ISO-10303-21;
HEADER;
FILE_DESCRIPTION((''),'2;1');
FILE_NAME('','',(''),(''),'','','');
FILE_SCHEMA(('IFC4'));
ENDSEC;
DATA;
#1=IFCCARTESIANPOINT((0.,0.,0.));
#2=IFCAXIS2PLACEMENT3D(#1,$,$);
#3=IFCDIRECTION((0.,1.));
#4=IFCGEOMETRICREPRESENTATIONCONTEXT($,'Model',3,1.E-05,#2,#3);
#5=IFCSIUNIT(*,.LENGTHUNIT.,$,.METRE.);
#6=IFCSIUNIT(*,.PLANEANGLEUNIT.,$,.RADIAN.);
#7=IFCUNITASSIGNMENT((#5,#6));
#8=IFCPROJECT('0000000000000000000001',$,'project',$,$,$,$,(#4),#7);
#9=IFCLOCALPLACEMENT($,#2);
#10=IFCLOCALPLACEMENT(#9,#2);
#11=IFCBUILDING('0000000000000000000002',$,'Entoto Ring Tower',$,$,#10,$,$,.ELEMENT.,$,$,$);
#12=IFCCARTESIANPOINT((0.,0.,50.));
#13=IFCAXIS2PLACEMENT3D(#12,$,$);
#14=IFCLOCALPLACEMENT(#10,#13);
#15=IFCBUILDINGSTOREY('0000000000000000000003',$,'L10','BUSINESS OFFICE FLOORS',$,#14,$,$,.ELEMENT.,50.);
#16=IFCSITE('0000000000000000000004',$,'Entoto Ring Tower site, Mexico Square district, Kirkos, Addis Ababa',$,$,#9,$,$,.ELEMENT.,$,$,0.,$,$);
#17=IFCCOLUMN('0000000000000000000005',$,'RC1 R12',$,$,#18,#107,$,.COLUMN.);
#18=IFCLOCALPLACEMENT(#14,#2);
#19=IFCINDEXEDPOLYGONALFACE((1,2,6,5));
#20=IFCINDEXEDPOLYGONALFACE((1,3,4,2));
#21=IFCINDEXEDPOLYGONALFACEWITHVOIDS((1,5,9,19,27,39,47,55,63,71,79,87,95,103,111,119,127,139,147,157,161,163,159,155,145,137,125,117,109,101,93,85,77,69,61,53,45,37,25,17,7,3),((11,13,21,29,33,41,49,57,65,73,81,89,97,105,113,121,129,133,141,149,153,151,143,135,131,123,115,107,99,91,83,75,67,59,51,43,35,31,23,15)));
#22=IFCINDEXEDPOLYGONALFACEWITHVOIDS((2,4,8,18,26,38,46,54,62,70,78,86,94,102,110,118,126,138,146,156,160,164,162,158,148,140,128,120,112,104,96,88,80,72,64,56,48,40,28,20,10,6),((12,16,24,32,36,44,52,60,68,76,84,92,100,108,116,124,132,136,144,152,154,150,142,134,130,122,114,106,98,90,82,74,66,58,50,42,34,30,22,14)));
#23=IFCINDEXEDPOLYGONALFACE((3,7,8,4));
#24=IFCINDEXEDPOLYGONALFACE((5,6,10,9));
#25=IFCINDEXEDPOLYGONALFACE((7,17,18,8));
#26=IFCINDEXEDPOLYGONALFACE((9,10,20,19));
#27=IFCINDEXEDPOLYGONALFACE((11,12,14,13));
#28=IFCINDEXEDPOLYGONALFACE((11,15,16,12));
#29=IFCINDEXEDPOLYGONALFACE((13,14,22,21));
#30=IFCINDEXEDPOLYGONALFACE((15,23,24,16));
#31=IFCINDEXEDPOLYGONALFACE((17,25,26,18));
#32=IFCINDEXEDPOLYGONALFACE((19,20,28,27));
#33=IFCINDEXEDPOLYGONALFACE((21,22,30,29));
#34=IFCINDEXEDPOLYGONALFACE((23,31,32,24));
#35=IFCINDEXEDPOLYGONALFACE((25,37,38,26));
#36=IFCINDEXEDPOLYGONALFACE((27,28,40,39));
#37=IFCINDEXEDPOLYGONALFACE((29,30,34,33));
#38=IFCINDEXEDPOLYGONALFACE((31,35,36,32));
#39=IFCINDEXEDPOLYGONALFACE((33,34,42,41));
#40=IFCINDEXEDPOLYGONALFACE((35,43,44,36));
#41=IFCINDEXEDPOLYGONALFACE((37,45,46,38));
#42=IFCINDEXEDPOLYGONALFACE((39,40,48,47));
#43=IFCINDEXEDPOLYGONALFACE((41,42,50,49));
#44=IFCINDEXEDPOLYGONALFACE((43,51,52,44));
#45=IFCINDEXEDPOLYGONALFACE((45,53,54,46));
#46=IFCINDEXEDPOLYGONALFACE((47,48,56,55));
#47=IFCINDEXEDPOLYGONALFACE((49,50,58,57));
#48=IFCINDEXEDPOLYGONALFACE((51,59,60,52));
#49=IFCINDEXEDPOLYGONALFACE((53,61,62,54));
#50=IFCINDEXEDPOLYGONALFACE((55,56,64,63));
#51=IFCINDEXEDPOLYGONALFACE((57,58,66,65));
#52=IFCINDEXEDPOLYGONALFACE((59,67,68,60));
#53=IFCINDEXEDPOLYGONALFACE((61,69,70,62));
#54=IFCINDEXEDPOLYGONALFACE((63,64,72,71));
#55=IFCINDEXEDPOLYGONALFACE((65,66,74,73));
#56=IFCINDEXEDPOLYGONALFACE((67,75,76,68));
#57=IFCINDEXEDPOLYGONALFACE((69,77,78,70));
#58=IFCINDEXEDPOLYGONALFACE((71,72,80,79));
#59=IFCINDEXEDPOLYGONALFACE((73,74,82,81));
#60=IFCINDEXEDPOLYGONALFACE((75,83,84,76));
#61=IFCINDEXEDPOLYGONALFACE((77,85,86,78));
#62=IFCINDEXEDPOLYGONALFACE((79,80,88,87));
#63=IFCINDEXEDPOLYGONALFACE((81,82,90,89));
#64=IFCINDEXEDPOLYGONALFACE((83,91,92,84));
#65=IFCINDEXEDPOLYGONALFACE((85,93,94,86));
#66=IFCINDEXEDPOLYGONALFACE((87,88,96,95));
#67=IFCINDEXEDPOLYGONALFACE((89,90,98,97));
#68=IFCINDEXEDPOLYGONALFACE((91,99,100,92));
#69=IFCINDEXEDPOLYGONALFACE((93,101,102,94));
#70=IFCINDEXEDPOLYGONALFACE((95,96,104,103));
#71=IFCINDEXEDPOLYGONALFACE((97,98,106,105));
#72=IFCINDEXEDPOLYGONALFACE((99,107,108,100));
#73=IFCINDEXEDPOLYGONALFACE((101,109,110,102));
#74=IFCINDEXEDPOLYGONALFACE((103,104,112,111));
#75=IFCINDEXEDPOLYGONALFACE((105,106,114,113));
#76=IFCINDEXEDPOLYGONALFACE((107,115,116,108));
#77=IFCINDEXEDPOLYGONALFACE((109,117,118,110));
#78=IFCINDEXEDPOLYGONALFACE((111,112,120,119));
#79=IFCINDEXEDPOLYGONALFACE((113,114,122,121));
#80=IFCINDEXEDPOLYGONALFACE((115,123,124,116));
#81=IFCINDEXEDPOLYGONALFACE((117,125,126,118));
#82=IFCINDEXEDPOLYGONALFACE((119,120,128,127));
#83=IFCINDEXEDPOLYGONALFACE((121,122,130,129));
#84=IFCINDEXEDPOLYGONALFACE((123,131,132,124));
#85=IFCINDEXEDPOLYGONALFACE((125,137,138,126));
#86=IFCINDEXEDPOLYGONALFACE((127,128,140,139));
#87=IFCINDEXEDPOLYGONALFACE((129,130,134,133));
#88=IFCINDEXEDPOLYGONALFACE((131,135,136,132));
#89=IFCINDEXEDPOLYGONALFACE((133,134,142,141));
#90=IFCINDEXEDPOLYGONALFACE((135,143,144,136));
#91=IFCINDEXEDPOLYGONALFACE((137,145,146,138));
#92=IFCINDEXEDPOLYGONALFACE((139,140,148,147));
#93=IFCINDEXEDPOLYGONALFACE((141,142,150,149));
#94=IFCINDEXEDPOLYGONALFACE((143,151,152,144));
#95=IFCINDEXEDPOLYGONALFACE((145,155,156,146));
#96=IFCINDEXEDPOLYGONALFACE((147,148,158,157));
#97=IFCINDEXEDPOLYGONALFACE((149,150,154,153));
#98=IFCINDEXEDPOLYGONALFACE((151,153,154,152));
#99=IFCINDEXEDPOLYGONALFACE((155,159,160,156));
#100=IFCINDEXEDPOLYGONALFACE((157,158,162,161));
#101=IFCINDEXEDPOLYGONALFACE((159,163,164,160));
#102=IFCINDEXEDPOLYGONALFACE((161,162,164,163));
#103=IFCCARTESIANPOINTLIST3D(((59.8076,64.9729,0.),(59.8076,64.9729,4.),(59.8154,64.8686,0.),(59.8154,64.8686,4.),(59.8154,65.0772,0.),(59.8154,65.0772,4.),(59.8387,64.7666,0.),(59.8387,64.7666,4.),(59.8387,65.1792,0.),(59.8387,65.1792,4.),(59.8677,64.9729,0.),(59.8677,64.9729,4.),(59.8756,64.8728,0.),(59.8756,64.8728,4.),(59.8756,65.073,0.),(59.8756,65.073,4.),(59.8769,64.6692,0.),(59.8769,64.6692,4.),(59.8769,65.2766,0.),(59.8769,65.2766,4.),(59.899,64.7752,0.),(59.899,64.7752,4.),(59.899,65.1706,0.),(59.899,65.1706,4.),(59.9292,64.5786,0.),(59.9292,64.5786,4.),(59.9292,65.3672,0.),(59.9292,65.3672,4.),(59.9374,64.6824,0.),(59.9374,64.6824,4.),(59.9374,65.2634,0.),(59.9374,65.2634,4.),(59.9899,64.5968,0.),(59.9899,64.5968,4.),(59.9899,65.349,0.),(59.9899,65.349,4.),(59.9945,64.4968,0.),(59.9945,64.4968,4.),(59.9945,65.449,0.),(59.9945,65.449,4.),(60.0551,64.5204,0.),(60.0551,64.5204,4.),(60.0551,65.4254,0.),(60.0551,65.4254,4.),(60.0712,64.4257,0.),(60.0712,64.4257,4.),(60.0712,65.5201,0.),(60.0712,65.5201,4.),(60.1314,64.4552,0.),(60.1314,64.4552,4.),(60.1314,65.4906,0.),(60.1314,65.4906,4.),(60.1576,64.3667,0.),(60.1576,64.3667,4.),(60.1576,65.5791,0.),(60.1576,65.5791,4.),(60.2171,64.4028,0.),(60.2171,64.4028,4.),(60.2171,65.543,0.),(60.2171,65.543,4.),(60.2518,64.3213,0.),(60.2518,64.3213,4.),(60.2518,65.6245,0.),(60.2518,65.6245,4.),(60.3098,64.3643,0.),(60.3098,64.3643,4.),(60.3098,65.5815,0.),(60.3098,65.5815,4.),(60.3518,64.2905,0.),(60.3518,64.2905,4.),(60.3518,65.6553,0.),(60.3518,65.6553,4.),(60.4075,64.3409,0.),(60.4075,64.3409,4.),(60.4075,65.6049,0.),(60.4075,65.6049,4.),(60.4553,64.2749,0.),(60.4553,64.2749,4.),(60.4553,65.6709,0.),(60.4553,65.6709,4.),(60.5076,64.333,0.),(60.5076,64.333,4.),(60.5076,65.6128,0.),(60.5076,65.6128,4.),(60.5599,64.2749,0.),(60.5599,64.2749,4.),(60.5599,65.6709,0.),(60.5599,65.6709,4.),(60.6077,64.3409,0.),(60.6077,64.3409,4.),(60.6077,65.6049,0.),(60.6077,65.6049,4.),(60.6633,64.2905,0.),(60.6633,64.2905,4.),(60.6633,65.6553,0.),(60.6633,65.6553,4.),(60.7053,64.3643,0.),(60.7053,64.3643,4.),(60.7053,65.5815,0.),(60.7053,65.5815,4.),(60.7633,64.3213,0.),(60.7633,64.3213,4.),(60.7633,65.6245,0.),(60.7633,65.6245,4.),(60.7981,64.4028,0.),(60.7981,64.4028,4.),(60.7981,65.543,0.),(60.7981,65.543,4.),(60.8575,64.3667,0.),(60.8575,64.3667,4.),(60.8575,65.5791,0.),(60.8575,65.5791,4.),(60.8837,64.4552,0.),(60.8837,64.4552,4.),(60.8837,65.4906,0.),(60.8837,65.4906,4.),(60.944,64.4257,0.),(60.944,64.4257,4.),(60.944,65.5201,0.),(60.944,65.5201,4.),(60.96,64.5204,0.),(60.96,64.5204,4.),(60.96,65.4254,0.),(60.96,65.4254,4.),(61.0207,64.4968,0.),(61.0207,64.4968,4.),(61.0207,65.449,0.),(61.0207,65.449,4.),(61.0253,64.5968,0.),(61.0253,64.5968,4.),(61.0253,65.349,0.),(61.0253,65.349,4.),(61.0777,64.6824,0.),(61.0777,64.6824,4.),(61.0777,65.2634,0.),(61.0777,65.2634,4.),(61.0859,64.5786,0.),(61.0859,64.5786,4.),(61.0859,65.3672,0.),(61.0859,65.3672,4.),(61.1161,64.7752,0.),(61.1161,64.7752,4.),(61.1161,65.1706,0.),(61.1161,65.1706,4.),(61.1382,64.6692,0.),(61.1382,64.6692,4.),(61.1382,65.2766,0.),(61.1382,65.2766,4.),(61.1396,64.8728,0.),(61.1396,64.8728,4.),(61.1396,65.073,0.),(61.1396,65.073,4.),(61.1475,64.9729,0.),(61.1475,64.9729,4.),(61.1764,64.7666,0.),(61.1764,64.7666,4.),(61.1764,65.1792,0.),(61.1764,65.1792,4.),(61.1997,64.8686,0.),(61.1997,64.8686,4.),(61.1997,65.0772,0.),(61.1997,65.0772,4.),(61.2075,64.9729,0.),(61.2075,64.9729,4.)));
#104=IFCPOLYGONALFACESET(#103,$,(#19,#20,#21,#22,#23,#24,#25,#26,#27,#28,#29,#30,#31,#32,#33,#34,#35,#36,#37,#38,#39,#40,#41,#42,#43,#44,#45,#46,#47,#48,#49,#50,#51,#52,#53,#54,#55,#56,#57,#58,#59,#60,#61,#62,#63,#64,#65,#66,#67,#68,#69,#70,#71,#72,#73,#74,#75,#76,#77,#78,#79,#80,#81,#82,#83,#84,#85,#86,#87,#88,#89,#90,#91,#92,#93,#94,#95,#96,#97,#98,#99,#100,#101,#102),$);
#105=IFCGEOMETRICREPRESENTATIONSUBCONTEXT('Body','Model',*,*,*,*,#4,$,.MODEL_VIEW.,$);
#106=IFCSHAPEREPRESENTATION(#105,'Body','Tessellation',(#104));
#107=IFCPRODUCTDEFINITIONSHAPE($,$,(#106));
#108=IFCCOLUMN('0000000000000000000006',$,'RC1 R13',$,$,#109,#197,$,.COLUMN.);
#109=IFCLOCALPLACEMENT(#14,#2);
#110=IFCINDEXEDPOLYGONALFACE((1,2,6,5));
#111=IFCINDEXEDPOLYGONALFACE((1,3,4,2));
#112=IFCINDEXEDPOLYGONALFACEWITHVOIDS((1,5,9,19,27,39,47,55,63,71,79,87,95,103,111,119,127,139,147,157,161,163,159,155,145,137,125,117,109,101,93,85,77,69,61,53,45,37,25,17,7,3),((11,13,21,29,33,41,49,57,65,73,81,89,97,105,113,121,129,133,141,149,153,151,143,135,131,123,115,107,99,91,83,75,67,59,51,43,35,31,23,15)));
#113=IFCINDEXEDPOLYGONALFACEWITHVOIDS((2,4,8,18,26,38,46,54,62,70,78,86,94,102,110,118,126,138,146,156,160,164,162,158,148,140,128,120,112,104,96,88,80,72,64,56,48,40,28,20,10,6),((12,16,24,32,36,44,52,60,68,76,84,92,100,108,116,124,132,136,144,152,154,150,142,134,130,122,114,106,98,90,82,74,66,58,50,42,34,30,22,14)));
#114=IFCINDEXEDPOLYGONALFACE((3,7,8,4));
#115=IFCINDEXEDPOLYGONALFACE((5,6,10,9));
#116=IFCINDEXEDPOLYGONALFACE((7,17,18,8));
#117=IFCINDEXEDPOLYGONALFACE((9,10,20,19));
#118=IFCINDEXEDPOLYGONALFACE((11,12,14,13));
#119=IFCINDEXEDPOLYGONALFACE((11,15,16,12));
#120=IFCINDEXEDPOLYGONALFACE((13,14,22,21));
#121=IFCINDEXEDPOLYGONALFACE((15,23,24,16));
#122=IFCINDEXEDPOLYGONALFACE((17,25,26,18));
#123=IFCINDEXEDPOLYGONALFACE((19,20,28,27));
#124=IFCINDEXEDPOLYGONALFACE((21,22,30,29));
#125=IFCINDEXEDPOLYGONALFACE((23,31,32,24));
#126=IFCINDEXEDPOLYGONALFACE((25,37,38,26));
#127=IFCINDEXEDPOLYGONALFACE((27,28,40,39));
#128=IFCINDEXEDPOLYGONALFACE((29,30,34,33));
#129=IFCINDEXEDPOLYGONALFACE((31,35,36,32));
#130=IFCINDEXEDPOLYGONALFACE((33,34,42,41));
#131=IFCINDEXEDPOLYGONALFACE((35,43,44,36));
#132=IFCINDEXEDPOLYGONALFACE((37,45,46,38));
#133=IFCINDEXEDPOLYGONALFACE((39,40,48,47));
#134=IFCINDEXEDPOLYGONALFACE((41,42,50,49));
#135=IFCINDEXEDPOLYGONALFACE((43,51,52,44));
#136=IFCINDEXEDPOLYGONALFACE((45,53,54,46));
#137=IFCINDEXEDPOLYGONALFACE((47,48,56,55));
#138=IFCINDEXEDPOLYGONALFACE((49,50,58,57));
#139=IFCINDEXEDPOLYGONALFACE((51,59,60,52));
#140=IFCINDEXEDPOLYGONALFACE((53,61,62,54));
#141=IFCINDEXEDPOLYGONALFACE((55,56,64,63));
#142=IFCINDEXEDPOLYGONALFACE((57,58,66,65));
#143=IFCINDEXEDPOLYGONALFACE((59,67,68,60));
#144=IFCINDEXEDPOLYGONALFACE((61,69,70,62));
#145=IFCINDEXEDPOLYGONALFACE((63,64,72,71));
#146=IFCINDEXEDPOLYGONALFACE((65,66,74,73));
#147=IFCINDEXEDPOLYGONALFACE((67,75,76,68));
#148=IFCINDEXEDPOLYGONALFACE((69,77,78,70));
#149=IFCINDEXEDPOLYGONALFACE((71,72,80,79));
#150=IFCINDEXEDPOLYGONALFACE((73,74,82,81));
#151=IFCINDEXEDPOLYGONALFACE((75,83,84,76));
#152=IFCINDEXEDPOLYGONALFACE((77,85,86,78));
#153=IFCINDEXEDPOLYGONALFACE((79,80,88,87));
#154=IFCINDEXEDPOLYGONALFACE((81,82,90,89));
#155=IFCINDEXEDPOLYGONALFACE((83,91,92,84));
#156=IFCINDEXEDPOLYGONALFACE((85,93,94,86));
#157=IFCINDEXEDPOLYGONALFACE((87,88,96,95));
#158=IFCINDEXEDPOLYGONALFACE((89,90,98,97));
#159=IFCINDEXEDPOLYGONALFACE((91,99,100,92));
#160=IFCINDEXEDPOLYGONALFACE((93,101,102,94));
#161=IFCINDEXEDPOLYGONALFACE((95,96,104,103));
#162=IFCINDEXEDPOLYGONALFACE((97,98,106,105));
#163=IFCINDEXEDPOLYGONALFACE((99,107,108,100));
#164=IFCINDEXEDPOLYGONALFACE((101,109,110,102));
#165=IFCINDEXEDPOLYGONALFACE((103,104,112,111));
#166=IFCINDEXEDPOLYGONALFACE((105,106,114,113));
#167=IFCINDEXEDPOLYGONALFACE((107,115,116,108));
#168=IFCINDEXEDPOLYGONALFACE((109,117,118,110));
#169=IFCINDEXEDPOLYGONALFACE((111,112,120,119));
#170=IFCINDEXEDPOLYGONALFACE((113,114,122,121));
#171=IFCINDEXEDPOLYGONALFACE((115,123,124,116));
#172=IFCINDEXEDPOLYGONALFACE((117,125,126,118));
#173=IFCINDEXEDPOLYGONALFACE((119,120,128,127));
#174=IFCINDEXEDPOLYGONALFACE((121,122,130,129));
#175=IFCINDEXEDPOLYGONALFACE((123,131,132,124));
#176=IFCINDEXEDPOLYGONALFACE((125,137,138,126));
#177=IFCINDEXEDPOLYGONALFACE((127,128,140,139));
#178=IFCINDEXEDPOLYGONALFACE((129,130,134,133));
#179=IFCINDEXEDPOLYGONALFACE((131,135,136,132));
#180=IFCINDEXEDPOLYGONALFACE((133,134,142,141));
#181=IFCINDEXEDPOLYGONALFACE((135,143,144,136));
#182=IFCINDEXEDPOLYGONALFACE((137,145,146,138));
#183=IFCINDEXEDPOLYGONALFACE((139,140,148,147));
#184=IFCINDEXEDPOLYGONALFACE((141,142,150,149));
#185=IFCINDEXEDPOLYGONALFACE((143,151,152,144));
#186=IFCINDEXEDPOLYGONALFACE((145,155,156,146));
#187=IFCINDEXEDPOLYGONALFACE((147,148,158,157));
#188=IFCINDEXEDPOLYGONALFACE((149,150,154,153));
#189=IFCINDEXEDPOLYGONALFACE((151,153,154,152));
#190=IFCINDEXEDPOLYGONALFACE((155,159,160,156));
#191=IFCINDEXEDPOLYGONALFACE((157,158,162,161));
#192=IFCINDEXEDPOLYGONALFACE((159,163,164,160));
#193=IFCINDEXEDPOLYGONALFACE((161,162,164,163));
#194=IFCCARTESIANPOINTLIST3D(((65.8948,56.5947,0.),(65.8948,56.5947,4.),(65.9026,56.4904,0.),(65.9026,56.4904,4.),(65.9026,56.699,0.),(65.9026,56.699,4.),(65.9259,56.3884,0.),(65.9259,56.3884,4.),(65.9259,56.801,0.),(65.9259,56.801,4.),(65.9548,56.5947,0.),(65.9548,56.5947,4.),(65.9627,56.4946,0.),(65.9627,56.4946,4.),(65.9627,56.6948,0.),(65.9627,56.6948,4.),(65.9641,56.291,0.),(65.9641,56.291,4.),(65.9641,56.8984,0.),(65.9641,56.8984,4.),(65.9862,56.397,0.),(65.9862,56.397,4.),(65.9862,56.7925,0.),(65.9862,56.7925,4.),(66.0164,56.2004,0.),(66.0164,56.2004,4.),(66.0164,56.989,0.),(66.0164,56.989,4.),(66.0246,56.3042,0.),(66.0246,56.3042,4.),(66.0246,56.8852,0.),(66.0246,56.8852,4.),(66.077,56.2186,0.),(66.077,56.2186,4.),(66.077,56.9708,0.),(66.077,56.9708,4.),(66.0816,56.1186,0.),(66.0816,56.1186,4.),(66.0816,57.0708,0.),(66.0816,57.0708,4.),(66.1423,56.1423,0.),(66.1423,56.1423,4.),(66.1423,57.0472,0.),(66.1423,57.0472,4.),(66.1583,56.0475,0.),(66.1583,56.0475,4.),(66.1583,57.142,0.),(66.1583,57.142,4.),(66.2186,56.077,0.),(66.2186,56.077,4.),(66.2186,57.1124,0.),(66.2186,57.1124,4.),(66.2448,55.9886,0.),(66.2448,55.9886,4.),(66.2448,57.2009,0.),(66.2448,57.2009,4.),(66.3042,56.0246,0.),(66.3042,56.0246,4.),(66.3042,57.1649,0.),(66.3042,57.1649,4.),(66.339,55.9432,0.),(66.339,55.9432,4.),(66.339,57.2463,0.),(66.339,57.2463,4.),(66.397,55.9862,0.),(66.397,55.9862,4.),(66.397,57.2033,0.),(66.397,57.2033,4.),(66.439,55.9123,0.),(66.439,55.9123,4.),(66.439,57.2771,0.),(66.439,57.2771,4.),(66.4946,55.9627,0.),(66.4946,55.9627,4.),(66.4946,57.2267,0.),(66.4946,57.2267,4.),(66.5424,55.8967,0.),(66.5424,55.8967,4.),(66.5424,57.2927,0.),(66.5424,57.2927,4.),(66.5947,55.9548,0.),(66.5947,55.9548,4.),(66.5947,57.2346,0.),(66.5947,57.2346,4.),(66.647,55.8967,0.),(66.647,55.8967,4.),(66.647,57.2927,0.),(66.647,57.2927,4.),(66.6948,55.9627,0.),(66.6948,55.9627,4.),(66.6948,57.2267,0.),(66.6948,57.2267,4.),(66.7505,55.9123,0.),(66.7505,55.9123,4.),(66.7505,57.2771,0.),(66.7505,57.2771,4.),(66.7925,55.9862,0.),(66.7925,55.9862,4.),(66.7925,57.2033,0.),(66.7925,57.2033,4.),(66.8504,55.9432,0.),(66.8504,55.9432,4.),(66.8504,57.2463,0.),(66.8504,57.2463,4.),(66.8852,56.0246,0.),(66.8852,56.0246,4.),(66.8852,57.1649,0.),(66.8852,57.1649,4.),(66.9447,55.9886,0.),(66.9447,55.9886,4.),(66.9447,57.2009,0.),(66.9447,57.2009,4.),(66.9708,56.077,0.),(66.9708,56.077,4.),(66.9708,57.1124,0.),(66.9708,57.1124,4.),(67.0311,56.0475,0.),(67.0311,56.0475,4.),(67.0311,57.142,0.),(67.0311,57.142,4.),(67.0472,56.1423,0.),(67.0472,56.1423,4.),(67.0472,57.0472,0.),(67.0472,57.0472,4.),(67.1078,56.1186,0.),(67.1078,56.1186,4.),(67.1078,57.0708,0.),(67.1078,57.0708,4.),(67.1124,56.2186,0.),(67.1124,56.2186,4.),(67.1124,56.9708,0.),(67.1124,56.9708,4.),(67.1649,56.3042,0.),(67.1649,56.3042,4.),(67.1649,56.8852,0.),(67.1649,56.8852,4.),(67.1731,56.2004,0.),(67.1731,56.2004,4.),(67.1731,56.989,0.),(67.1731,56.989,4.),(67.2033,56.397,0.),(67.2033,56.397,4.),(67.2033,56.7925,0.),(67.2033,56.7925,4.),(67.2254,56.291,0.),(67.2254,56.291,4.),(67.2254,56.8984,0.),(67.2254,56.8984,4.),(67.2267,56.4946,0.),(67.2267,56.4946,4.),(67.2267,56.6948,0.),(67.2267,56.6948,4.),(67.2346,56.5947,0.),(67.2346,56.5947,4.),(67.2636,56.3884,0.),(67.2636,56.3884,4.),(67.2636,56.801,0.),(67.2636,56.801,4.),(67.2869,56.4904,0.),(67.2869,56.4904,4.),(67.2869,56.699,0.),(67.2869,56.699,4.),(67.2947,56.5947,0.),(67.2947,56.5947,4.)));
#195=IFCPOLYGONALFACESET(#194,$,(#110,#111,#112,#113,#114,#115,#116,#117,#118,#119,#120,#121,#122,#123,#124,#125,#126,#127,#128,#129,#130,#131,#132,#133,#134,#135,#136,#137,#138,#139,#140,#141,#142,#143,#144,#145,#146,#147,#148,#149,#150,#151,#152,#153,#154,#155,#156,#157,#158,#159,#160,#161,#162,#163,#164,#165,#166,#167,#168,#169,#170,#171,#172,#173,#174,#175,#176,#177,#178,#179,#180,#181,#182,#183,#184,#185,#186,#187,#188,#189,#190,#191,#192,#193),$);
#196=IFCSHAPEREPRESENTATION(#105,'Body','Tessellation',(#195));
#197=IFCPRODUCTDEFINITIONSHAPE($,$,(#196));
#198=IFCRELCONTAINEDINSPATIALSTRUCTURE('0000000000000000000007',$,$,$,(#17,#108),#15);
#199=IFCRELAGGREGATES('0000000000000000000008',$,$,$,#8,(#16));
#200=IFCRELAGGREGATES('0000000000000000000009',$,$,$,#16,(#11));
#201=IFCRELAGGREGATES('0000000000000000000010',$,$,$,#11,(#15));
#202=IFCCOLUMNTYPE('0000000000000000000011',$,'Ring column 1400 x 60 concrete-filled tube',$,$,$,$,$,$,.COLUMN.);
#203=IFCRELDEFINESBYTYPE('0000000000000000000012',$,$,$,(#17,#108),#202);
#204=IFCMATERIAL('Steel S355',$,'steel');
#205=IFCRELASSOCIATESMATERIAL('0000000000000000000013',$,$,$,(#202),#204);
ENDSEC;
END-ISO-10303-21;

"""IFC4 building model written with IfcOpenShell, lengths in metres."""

from ifc_helpers import new_model, si_unit, direction, frame, origin, origin_2d, place, context, subcontext, project, spatial, circle, hollow_circle, extrude, material, material_profile, profile_set, type_object, element, save


model = new_model("IFC4")

# Units and contexts
model_context = context("Model", 3, precision=1e-05, world=origin(), true_north=direction((0.0, 1.0)))
body_context = subcontext(model_context, "Body", "Model", "MODEL_VIEW")
ifc_project = project(units=[si_unit("LENGTHUNIT", "METRE"), si_unit("PLANEANGLEUNIT", "RADIAN")], contexts=[model_context])

# Site, building, storey
site_placement = place(None, origin())
site = spatial("IfcSite", under=ifc_project, at=site_placement, Name="Entoto Ring Tower site, Mexico Square district, Kirkos, Addis Ababa", CompositionType="ELEMENT", RefElevation=0.0)
building_placement = place(site_placement, origin())
building = spatial("IfcBuilding", under=site, at=building_placement, Name="Entoto Ring Tower", CompositionType="ELEMENT")
storey_placement = place(building_placement, frame((0.0, 0.0, 50.0)))
storey = spatial("IfcBuildingStorey", under=building, at=storey_placement, Name="L10", Description="BUSINESS OFFICE FLOORS", CompositionType="ELEMENT", Elevation=50.0)

# Columns
ifc_material_1 = material(Name="Steel S355", Category="steel")
ifc_material_profile_1 = material_profile(ifc_material_1, hollow_circle(Radius=0.7, WallThickness=0.0601, at=origin_2d()), Name="CHS 1400 x 60")
ifc_material_2 = material(Name="Concrete C60/75", Category="concrete")
ifc_material_profile_2 = material_profile(ifc_material_2, circle(Radius=0.6399, at=origin_2d()), Name="Concrete C60/75 infill")
ifc_profile_set_1 = profile_set([ifc_material_profile_1, ifc_material_profile_2], Name="Steel S355")
column_type = type_object("IfcColumnType", Name="Ring column 1400 x 60 concrete-filled tube", PredefinedType="COLUMN", material=ifc_profile_set_1)
for number, where, z_axis, x_axis, name in (
    (1, (60.5076, 64.9729, 0.0), (0.0, 0.0, 1.0), (1.0, 0.0, 0.0), "RC1 R12"),
    (2, (66.5947, 56.5947, 0.0), (0.0, 0.0, 1.0), (1.0, 0.0, 0.0), "RC1 R13"),
):
    element("IfcColumn", number, at=place(storey_placement, frame(where, z_axis=z_axis, x_axis=x_axis)), inside=storey, type_object=column_type, Name=name, PredefinedType="COLUMN", context=body_context, shape_type="SweptSolid", body=[
        extrude(hollow_circle(Radius=0.7, WallThickness=0.0601, at=origin_2d()), origin(), (0.0, 0.0, 1.0), 4.0),
    ])

save(model, "model.ifc")
